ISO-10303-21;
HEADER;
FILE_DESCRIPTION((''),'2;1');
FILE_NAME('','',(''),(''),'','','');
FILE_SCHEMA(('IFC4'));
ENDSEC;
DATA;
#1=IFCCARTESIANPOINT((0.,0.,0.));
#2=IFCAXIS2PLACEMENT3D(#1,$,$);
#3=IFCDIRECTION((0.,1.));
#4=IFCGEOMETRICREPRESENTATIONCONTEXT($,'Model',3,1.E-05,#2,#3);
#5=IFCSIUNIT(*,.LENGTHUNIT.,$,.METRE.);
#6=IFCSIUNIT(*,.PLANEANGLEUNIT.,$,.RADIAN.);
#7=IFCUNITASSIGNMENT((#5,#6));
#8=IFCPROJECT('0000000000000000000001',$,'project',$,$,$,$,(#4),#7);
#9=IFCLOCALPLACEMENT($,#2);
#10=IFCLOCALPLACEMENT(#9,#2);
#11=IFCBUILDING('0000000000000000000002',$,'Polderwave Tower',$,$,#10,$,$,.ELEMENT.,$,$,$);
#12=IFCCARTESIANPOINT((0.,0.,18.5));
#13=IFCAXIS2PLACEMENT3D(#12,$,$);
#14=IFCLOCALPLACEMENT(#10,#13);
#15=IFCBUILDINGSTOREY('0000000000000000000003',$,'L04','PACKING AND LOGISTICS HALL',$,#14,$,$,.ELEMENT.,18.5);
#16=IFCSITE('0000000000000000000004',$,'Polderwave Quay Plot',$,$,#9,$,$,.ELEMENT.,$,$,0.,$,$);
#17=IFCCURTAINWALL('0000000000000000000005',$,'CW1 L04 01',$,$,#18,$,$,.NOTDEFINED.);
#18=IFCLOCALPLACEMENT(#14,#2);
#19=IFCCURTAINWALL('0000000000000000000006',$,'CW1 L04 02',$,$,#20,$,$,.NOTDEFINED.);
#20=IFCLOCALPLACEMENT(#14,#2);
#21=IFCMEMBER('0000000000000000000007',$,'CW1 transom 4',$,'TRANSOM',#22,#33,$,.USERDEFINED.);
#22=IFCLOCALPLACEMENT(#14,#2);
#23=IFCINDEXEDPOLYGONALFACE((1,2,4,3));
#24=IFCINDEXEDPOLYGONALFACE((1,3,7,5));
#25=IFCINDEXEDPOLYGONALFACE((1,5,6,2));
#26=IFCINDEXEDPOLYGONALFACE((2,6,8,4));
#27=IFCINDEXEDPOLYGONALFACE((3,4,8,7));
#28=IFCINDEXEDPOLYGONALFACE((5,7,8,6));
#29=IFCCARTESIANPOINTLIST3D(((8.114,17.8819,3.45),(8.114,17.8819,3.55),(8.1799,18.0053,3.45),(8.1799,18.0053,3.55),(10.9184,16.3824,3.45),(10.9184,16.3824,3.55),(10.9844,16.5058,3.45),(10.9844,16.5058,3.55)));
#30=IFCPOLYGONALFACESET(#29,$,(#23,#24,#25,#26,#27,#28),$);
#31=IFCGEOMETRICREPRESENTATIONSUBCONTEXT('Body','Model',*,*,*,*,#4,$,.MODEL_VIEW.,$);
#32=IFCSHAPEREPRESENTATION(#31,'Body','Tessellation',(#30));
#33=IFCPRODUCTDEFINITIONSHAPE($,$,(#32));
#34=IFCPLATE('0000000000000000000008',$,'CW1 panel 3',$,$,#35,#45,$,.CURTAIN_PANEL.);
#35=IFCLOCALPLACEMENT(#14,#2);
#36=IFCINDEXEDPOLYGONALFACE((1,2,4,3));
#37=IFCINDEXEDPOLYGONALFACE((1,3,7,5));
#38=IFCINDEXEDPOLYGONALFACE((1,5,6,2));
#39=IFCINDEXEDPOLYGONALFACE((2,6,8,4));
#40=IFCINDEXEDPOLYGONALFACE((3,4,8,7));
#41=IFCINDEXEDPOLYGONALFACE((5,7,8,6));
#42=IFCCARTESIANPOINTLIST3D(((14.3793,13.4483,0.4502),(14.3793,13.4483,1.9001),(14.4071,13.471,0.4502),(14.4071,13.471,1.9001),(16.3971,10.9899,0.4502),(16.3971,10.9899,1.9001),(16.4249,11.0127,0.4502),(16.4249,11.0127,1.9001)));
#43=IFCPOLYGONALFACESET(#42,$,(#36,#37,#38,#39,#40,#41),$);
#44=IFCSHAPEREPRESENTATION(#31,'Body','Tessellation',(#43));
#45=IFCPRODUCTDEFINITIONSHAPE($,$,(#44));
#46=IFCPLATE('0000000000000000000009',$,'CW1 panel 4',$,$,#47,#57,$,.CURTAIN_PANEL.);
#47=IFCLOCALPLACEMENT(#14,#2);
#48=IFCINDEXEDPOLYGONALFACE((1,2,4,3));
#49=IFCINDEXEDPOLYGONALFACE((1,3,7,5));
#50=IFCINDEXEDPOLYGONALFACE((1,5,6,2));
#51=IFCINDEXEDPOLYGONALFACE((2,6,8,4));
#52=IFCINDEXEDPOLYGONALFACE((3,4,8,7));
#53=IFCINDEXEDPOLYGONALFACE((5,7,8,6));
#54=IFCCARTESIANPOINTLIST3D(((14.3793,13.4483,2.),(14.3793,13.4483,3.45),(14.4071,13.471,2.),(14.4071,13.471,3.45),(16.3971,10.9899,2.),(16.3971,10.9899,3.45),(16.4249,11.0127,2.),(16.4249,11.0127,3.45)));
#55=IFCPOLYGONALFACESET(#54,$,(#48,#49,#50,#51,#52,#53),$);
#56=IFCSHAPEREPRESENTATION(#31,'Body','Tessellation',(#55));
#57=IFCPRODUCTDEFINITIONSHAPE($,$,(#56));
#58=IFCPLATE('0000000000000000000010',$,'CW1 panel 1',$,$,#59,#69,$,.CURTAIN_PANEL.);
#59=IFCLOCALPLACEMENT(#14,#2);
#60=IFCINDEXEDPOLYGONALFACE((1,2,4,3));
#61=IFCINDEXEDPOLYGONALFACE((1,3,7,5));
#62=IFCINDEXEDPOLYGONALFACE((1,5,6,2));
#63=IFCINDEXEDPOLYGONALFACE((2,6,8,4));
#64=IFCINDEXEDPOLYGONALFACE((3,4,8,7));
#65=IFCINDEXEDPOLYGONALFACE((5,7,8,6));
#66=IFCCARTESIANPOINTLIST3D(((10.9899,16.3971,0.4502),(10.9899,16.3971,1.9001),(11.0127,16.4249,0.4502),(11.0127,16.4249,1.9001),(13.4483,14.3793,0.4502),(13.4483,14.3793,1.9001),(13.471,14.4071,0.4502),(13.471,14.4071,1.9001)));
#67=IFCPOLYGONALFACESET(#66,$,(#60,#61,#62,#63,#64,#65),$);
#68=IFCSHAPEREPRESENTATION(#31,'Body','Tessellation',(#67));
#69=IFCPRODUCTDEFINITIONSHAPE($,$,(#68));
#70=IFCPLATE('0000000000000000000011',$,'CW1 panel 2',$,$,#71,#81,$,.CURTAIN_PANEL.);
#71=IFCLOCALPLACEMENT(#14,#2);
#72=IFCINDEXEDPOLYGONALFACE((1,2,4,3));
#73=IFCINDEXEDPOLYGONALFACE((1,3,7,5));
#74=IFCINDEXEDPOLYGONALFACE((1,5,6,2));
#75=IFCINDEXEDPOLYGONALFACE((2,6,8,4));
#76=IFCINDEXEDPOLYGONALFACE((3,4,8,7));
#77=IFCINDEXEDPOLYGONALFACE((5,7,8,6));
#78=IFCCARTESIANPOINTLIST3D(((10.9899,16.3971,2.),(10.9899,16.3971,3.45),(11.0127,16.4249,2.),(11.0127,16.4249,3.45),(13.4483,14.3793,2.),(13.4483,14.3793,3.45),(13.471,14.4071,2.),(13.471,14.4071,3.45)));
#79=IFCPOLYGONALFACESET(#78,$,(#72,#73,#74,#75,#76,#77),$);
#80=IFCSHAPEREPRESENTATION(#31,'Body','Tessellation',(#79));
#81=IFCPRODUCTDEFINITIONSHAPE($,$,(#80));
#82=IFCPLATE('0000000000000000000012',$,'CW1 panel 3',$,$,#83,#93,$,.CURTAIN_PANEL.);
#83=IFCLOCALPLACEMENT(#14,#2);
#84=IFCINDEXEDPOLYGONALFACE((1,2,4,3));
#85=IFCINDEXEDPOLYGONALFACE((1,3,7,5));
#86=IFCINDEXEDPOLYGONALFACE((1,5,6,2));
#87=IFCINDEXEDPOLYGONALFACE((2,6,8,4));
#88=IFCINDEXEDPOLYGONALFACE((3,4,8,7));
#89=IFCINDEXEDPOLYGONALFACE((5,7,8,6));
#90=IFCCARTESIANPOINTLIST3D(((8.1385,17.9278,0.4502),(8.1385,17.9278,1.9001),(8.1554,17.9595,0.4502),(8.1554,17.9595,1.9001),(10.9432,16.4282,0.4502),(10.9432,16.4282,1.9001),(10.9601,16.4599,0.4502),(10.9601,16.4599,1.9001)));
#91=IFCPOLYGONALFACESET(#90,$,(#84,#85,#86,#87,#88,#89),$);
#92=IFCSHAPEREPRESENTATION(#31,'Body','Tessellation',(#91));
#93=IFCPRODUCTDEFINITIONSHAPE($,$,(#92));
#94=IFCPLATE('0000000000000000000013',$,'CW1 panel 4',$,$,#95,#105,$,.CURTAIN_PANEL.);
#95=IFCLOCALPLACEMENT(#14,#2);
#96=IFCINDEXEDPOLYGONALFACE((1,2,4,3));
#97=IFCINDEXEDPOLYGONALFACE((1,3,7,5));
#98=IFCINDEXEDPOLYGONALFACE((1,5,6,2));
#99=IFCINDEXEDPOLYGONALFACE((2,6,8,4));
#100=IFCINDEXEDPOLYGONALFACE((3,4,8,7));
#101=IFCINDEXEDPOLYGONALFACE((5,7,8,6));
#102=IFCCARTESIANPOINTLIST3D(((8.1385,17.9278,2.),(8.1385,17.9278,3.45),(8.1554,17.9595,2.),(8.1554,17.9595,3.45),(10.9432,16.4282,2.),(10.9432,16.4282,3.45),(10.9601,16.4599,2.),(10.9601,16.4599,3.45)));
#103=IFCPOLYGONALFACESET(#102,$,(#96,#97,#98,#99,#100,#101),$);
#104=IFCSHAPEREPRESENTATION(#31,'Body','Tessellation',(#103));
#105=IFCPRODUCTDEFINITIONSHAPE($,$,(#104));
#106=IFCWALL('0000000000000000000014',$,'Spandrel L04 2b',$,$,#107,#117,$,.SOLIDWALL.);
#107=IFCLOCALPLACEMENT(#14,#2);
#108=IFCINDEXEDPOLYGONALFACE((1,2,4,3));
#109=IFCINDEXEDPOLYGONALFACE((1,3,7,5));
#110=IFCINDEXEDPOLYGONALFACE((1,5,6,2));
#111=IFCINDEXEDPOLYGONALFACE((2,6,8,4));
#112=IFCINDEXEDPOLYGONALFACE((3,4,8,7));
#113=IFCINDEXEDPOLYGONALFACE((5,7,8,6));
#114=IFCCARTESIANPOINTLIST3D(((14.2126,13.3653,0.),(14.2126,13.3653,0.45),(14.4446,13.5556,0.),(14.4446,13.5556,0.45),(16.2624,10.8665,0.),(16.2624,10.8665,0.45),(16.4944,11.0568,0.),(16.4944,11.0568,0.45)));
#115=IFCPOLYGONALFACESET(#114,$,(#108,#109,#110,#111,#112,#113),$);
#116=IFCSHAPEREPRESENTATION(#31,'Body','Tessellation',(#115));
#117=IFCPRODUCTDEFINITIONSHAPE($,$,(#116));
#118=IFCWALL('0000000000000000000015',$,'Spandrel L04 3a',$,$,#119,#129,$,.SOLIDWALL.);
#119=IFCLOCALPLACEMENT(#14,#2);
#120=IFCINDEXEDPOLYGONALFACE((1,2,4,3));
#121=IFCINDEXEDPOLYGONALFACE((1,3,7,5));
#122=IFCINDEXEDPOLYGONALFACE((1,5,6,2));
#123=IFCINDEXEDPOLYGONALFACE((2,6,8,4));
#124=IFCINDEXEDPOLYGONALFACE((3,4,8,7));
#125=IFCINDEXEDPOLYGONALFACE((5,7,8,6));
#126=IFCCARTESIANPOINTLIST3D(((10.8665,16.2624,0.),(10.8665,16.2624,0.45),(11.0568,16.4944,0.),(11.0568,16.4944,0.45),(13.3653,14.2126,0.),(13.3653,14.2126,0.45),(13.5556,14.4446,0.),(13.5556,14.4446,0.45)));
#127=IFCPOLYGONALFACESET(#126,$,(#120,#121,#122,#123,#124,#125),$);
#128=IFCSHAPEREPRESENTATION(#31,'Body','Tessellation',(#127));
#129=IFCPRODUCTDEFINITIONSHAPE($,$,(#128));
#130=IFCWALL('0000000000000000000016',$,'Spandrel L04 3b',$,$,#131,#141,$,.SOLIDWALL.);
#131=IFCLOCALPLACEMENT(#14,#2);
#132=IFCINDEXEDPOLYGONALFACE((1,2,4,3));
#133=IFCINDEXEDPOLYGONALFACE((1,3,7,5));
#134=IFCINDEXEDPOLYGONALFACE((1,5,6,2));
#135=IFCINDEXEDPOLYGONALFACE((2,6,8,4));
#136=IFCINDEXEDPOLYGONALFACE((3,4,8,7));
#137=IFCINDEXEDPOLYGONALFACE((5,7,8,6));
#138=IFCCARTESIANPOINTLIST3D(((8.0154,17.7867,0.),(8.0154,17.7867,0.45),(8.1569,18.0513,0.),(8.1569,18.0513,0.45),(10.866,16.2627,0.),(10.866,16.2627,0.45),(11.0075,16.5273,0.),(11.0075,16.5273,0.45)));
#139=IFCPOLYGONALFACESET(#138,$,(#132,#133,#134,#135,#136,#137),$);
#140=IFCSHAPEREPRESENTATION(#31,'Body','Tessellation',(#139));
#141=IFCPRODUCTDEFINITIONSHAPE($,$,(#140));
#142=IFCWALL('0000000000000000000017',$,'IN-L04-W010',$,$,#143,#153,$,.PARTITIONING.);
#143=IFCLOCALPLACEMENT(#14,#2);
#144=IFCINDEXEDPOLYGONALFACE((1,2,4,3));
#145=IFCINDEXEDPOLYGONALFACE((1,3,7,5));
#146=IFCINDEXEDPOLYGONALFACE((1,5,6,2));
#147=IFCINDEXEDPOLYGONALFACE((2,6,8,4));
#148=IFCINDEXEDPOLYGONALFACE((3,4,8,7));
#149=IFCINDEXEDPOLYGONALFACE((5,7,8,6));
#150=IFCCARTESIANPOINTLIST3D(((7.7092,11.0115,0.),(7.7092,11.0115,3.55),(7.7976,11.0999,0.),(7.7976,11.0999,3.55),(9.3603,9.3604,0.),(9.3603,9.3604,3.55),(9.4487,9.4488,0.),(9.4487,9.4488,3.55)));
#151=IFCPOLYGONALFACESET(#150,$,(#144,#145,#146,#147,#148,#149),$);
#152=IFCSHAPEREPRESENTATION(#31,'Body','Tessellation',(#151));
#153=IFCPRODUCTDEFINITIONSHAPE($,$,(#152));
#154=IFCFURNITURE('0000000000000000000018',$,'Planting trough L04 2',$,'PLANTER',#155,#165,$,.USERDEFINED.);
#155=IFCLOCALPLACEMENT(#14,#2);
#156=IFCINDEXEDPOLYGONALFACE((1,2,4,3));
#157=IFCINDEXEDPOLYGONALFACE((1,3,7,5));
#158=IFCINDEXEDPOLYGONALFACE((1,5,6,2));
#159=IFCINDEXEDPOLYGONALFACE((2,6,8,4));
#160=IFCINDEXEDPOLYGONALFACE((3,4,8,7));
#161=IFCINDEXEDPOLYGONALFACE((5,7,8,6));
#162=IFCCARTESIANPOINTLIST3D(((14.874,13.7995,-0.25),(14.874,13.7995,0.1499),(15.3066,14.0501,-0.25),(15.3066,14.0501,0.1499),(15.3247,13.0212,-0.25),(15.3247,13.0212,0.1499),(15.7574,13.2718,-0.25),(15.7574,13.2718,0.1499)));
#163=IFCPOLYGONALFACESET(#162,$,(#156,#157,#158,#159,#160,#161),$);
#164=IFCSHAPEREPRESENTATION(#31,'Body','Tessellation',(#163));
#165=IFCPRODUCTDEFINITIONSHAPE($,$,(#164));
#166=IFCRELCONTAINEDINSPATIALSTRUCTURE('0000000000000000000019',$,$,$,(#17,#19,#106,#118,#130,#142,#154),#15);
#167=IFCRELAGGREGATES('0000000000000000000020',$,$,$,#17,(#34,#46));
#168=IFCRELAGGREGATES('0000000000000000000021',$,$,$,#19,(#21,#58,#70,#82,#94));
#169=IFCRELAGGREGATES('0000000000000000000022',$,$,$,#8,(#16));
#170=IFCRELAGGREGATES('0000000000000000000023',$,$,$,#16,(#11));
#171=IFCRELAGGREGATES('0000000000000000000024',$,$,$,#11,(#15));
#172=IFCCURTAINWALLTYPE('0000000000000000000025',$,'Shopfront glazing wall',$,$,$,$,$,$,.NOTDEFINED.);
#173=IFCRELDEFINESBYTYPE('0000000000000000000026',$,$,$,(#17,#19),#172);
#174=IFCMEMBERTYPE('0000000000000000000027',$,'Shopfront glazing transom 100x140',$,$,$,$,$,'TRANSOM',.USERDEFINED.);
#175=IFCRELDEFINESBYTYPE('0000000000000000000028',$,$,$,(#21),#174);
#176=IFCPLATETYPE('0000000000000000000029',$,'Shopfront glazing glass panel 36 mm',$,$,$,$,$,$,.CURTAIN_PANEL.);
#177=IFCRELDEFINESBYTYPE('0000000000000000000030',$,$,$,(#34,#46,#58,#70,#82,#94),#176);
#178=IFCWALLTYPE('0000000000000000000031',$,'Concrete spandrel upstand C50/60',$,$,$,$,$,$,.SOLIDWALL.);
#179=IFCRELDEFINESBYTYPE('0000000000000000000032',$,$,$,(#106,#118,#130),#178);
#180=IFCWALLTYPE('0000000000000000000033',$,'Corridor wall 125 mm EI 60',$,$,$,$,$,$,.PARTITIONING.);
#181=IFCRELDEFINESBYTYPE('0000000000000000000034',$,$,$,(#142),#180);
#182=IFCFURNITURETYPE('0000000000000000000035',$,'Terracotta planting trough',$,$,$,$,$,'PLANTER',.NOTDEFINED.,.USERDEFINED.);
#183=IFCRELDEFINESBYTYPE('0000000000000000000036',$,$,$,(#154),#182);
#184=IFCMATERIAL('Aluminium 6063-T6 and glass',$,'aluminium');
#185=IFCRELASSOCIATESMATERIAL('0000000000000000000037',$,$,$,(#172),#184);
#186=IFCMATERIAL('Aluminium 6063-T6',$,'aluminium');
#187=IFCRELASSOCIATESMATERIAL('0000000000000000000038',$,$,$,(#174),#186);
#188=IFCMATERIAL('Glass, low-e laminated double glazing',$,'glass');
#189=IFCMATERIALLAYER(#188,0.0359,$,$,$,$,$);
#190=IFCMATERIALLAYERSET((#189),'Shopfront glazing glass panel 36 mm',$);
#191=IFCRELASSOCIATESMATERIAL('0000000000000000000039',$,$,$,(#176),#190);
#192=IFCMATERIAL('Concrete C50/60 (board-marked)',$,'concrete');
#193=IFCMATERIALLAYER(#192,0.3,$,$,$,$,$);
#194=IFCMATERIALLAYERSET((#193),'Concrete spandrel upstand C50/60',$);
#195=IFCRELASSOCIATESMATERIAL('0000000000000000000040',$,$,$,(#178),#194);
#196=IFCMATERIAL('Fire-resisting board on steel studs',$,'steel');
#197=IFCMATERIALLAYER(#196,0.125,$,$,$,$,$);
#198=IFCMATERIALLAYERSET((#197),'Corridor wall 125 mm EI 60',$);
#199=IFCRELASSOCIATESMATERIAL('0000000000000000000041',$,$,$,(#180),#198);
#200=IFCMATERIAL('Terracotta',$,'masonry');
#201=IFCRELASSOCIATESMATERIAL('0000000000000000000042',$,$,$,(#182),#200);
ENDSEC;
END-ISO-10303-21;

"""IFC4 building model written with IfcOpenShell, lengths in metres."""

from ifc_helpers import new_model, si_unit, direction, frame, frame_2d, origin, origin_2d, place, context, subcontext, project, spatial, rectangle, extrude, material, layer, layer_set, material_profile, profile_set, type_object, element, aggregate, save


model = new_model("IFC4")

# Units and contexts
model_context = context("Model", 3, precision=1e-05, world=origin(), true_north=direction((0.0, 1.0)))
body_context = subcontext(model_context, "Body", "Model", "MODEL_VIEW")
ifc_project = project(units=[si_unit("LENGTHUNIT", "METRE"), si_unit("PLANEANGLEUNIT", "RADIAN")], contexts=[model_context])

# Site, building, storey
site_placement = place(None, origin())
site = spatial("IfcSite", under=ifc_project, at=site_placement, Name="Polderwave Quay Plot", CompositionType="ELEMENT", RefElevation=0.0)
building_placement = place(site_placement, origin())
building = spatial("IfcBuilding", under=site, at=building_placement, Name="Polderwave Tower", CompositionType="ELEMENT")
storey_placement = place(building_placement, frame((0.0, 0.0, 18.5)))
storey = spatial("IfcBuildingStorey", under=building, at=storey_placement, Name="L04", Description="PACKING AND LOGISTICS HALL", CompositionType="ELEMENT", Elevation=18.5)

# Curtain walls
ifc_material_1 = material(Name="Aluminium 6063-T6 and glass", Category="aluminium")
curtain_wall_type = type_object("IfcCurtainWallType", Name="Shopfront glazing wall", PredefinedType="NOTDEFINED", material=ifc_material_1)
curtain_wall_1_placement = place(storey_placement, origin())
curtain_wall_1 = element("IfcCurtainWall", 1, at=curtain_wall_1_placement, inside=storey, type_object=curtain_wall_type, Name="CW1 L04 01", PredefinedType="NOTDEFINED")
ifc_material_2 = material(Name="Aluminium 6063-T6", Category="aluminium")
curtain_wall_2_placement = place(storey_placement, origin())
curtain_wall_2 = element("IfcCurtainWall", 2, at=curtain_wall_2_placement, inside=storey, type_object=curtain_wall_type, Name="CW1 L04 02", PredefinedType="NOTDEFINED")

# Member
ifc_material_profile_1 = material_profile(ifc_material_2, rectangle(XDim=0.1399, YDim=0.1001, at=origin_2d()), Name="AL 100x140")
ifc_profile_set_1 = profile_set([ifc_material_profile_1], Name="Aluminium 6063-T6")
member_type_1 = type_object("IfcMemberType", Name="Shopfront glazing transom 100x140", ElementType="TRANSOM", PredefinedType="USERDEFINED", material=ifc_profile_set_1)
member_1_placement = place(storey_placement, frame((10.9514, 16.4441, 3.5), z_axis=(-0.881855, 0.47152, 0.0), x_axis=(-0.47152, -0.881855, 0.0)))
member_1 = element("IfcMember", 3, at=member_1_placement, type_object=member_type_1, Name="CW1 transom 4", ObjectType="TRANSOM", PredefinedType="USERDEFINED", context=body_context, shape_type="SweptSolid", body=[
    extrude(rectangle(XDim=0.1399, YDim=0.1001, at=origin_2d()), origin(), (0.0, 0.0, 1.0), 3.1802),
])

# Plates
ifc_material_3 = material(Name="Glass, low-e laminated double glazing", Category="glass")
ifc_layer_1 = layer(ifc_material_3, 0.0359)
ifc_layer_set_1 = layer_set([ifc_layer_1], Name="Shopfront glazing glass panel 36 mm")
plate_type = type_object("IfcPlateType", Name="Shopfront glazing glass panel 36 mm", PredefinedType="CURTAIN_PANEL", material=ifc_layer_set_1)
plate_1_placement = place(storey_placement, frame((15.4021, 12.2305, 0.4502), z_axis=(0.0, 0.0, 1.0), x_axis=(-0.634453, 0.772962, 0.0)))
plate_1 = element("IfcPlate", 4, at=plate_1_placement, type_object=plate_type, Name="CW1 panel 3", PredefinedType="CURTAIN_PANEL", context=body_context, shape_type="SweptSolid", body=[
    extrude(rectangle(XDim=3.1804, YDim=0.0359, at=origin_2d()), origin(), (0.0, 0.0, 1.0), 1.45),
])
plate_2_placement = place(storey_placement, frame((15.4021, 12.2305, 2.0), z_axis=(0.0, 0.0, 1.0), x_axis=(-0.634453, 0.772962, 0.0)))
plate_2 = element("IfcPlate", 5, at=plate_2_placement, type_object=plate_type, Name="CW1 panel 4", PredefinedType="CURTAIN_PANEL", context=body_context, shape_type="SweptSolid", body=[
    extrude(rectangle(XDim=3.1804, YDim=0.0359, at=origin_2d()), origin(), (0.0, 0.0, 1.0), 1.45),
])
aggregate(curtain_wall_1, [plate_1, plate_2])
plate_3_placement = place(storey_placement, frame((12.2305, 15.4021, 0.4502), z_axis=(0.0, 0.0, 1.0), x_axis=(-0.772962, 0.634453, 0.0)))
plate_3 = element("IfcPlate", 6, at=plate_3_placement, type_object=plate_type, Name="CW1 panel 1", PredefinedType="CURTAIN_PANEL", context=body_context, shape_type="SweptSolid", body=[
    extrude(rectangle(XDim=3.1804, YDim=0.0359, at=origin_2d()), origin(), (0.0, 0.0, 1.0), 1.45),
])
plate_4_placement = place(storey_placement, frame((12.2305, 15.4021, 2.0), z_axis=(0.0, 0.0, 1.0), x_axis=(-0.772962, 0.634453, 0.0)))
plate_4 = element("IfcPlate", 7, at=plate_4_placement, type_object=plate_type, Name="CW1 panel 2", PredefinedType="CURTAIN_PANEL", context=body_context, shape_type="SweptSolid", body=[
    extrude(rectangle(XDim=3.1804, YDim=0.0359, at=origin_2d()), origin(), (0.0, 0.0, 1.0), 1.45),
])
plate_5_placement = place(storey_placement, frame((9.5493, 17.1938, 0.4502), z_axis=(0.0, 0.0, 1.0), x_axis=(-0.881861, 0.471509, 0.0)))
plate_5 = element("IfcPlate", 8, at=plate_5_placement, type_object=plate_type, Name="CW1 panel 3", PredefinedType="CURTAIN_PANEL", context=body_context, shape_type="SweptSolid", body=[
    extrude(rectangle(XDim=3.1804, YDim=0.0359, at=origin_2d()), origin(), (0.0, 0.0, 1.0), 1.45),
])
plate_6_placement = place(storey_placement, frame((9.5493, 17.1938, 2.0), z_axis=(0.0, 0.0, 1.0), x_axis=(-0.881861, 0.471509, 0.0)))
plate_6 = element("IfcPlate", 9, at=plate_6_placement, type_object=plate_type, Name="CW1 panel 4", PredefinedType="CURTAIN_PANEL", context=body_context, shape_type="SweptSolid", body=[
    extrude(rectangle(XDim=3.1804, YDim=0.0359, at=origin_2d()), origin(), (0.0, 0.0, 1.0), 1.45),
])
aggregate(curtain_wall_2, [member_1, plate_3, plate_4, plate_5, plate_6])

# Walls
ifc_material_4 = material(Name="Concrete C50/60 (board-marked)", Category="concrete")
ifc_layer_2 = layer(ifc_material_4, 0.3)
ifc_layer_set_2 = layer_set([ifc_layer_2], Name="Concrete spandrel upstand C50/60")
wall_type_1 = type_object("IfcWallType", Name="Concrete spandrel upstand C50/60", PredefinedType="SOLIDWALL", material=ifc_layer_set_2)
for number, where, z_axis, x_axis, name in (
    (10, (16.3784, 10.9617, 0.0), (0.0, 0.0, 1.0), (-0.634229, 0.773146, 0.0), "Spandrel L04 2b"),
    (11, (13.4604, 14.3286, 0.0), (0.0, 0.0, 1.0), (-0.773146, 0.634229, 0.0), "Spandrel L04 3a"),
):
    element("IfcWall", number, at=place(storey_placement, frame(where, z_axis=z_axis, x_axis=x_axis)), inside=storey, type_object=wall_type_1, Name=name, PredefinedType="SOLIDWALL", context=body_context, shape_type="SweptSolid", body=[
        extrude(rectangle(XDim=3.2319, YDim=0.3, at=frame_2d((1.616, 0.0))), origin(), (0.0, 0.0, 1.0), 0.45),
    ])
wall_1_placement = place(storey_placement, frame((10.9368, 16.395, 0.0), z_axis=(0.0, 0.0, 1.0), x_axis=(-0.881888, 0.471458, 0.0)))
element("IfcWall", 12, at=wall_1_placement, inside=storey, type_object=wall_type_1, Name="Spandrel L04 3b", PredefinedType="SOLIDWALL", context=body_context, shape_type="SweptSolid", body=[
    extrude(rectangle(XDim=3.2324, YDim=0.3, at=frame_2d((1.6162, 0.0))), origin(), (0.0, 0.0, 1.0), 0.45),
])
ifc_material_5 = material(Name="Fire-resisting board on steel studs", Category="steel")
ifc_layer_3 = layer(ifc_material_5, 0.125)
ifc_layer_set_3 = layer_set([ifc_layer_3], Name="Corridor wall 125 mm EI 60")
wall_type_2 = type_object("IfcWallType", Name="Corridor wall 125 mm EI 60", PredefinedType="PARTITIONING", material=ifc_layer_set_3)
wall_2_placement = place(storey_placement, frame((7.7534, 11.0557, 0.0), z_axis=(0.0, 0.0, 1.0), x_axis=(0.707107, -0.707107, 0.0)))
element("IfcWall", 13, at=wall_2_placement, inside=storey, type_object=wall_type_2, Name="IN-L04-W010", PredefinedType="PARTITIONING", context=body_context, shape_type="SweptSolid", body=[
    extrude(rectangle(XDim=2.335, YDim=0.125, at=frame_2d((1.1675, 0.0))), origin(), (0.0, 0.0, 1.0), 3.55),
])

# Furniture
ifc_material_6 = material(Name="Terracotta", Category="masonry")
furniture_type = type_object("IfcFurnitureType", Name="Terracotta planting trough", ElementType="PLANTER", AssemblyPlace="NOTDEFINED", PredefinedType="USERDEFINED", material=ifc_material_6)
furniture_placement = place(storey_placement, frame((15.3157, 13.5356, -0.25), z_axis=(0.0, 0.0, 1.0), x_axis=(-0.501145, 0.865363, 0.0)))
element("IfcFurniture", 14, at=furniture_placement, inside=storey, type_object=furniture_type, Name="Planting trough L04 2", ObjectType="PLANTER", PredefinedType="USERDEFINED", context=body_context, shape_type="SweptSolid", body=[
    extrude(rectangle(XDim=0.8994, YDim=0.5, at=origin_2d()), origin(), (0.0, 0.0, 1.0), 0.3999),
])

save(model, "model.ifc")
